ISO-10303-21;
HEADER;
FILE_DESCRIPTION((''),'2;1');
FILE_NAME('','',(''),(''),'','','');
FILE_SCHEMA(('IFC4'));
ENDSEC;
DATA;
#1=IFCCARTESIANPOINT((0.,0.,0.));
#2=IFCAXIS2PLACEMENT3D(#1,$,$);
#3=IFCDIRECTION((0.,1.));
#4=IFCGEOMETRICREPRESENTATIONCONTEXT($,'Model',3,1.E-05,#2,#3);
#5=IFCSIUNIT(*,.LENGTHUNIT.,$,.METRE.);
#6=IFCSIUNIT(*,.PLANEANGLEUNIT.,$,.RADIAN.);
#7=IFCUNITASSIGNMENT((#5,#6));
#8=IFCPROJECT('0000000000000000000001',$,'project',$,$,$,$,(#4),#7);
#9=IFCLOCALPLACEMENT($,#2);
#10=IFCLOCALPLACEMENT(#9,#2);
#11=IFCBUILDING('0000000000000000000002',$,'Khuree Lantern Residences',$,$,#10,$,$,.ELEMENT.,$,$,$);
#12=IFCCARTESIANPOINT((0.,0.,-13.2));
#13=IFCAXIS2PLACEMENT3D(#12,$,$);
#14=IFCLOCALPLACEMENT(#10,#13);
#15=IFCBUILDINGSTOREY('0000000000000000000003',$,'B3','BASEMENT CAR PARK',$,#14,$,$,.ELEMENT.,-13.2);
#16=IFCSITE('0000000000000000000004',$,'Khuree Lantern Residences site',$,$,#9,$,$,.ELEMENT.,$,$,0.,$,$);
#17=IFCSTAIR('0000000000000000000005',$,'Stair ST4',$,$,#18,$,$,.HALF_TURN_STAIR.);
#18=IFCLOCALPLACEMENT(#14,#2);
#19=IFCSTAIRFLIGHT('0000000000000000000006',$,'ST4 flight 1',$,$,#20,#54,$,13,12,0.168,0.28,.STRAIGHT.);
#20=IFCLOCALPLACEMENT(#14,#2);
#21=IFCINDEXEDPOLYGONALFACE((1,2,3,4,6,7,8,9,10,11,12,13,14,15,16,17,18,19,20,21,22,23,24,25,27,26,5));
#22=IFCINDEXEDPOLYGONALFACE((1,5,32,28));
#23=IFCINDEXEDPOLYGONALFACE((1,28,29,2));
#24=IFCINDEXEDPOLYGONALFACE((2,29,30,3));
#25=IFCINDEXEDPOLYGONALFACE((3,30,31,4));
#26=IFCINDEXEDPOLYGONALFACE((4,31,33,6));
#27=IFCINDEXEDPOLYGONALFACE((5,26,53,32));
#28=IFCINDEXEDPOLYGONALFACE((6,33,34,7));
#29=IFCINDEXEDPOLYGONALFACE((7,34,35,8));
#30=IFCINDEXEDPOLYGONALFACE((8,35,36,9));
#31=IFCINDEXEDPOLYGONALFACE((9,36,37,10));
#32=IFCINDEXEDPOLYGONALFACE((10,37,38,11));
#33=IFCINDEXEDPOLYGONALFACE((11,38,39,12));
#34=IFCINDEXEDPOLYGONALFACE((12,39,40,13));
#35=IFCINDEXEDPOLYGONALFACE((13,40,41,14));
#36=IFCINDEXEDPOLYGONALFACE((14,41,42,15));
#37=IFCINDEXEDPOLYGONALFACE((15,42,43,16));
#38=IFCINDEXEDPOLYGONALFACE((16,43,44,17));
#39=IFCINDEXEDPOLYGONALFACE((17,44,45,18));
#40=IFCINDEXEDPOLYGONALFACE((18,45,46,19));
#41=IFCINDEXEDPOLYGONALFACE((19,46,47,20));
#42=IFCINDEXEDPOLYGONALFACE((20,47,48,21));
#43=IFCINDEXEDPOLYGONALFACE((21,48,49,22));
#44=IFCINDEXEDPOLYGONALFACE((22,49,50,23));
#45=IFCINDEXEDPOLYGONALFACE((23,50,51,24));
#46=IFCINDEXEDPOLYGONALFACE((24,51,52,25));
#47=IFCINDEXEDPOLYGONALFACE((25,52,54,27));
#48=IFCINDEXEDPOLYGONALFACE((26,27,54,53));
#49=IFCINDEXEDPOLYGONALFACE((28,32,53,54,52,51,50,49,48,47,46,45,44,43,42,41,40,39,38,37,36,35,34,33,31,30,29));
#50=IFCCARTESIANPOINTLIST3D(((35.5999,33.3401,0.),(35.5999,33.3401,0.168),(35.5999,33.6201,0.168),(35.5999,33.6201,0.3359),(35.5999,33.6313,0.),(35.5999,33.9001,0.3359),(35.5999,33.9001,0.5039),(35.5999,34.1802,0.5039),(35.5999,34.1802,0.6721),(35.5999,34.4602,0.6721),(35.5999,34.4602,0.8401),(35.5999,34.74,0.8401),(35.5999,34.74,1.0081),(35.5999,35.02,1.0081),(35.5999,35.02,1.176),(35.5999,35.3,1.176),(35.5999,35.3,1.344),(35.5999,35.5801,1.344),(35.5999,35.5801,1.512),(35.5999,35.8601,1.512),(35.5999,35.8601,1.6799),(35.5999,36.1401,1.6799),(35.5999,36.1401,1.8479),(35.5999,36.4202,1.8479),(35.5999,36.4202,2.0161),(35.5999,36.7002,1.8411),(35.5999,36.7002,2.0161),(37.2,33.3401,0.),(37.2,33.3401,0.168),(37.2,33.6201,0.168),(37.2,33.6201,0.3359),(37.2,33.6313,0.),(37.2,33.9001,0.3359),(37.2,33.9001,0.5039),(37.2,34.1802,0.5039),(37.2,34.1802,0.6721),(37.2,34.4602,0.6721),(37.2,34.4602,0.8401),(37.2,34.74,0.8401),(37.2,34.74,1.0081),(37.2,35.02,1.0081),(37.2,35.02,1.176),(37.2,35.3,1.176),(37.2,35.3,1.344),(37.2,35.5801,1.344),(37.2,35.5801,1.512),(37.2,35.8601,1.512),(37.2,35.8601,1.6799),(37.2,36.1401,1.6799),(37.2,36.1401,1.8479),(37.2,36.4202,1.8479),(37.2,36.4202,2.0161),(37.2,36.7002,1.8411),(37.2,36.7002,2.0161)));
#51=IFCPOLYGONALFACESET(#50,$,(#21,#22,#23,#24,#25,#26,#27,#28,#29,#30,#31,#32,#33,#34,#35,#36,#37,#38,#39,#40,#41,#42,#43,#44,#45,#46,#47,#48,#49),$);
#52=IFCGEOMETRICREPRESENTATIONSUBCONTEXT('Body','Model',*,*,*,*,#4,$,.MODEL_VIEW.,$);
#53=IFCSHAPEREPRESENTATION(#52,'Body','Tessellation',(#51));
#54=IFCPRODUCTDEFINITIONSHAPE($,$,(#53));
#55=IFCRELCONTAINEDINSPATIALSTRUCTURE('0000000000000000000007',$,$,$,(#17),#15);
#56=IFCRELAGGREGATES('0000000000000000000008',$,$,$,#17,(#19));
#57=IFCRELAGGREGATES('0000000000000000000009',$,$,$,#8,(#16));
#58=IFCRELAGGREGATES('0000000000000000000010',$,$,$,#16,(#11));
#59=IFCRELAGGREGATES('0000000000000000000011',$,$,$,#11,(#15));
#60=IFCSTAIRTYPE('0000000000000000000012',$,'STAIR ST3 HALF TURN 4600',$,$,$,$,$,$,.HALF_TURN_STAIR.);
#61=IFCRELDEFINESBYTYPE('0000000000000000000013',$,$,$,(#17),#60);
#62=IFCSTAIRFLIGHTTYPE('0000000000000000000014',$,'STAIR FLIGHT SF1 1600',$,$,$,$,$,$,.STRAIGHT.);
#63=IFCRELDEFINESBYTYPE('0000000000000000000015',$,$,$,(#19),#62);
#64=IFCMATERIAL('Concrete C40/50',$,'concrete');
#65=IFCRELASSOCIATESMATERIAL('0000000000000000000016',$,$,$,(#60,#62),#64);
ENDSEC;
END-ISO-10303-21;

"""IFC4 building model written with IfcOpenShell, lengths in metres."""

from ifc_helpers import new_model, si_unit, direction, frame, origin, place, context, subcontext, project, spatial, polyline, outline, extrude, material, type_object, element, aggregate, save


model = new_model("IFC4")

# Units and contexts
model_context = context("Model", 3, precision=1e-05, world=origin(), true_north=direction((0.0, 1.0)))
body_context = subcontext(model_context, "Body", "Model", "MODEL_VIEW")
ifc_project = project(units=[si_unit("LENGTHUNIT", "METRE"), si_unit("PLANEANGLEUNIT", "RADIAN")], contexts=[model_context])

# Site, building, storey
site_placement = place(None, origin())
site = spatial("IfcSite", under=ifc_project, at=site_placement, Name="Khuree Lantern Residences site", CompositionType="ELEMENT", RefElevation=0.0)
building_placement = place(site_placement, origin())
building = spatial("IfcBuilding", under=site, at=building_placement, Name="Khuree Lantern Residences", CompositionType="ELEMENT")
storey_placement = place(building_placement, frame((0.0, 0.0, -13.2)))
storey = spatial("IfcBuildingStorey", under=building, at=storey_placement, Name="B3", Description="BASEMENT CAR PARK", CompositionType="ELEMENT", Elevation=-13.2)

# Shared definitions
ifc_material_1 = material(Name="Concrete C40/50", Category="concrete")

# Stair, stair flight
stair_type = type_object("IfcStairType", Name="STAIR ST3 HALF TURN 4600", PredefinedType="HALF_TURN_STAIR", material=ifc_material_1)
stair_placement = place(storey_placement, origin())
stair = element("IfcStair", 1, at=stair_placement, inside=storey, type_object=stair_type, Name="Stair ST4", PredefinedType="HALF_TURN_STAIR")
stair_flight_type = type_object("IfcStairFlightType", Name="STAIR FLIGHT SF1 1600", PredefinedType="STRAIGHT", material=ifc_material_1)
stair_flight_placement = place(storey_placement, frame((36.3999, 33.3401, 0.0), z_axis=(0.0, 0.0, 1.0), x_axis=(0.0, 1.0, 0.0)))
stair_flight = element("IfcStairFlight", 2, at=stair_flight_placement, type_object=stair_flight_type, Name="ST4 flight 1", NumberOfRisers=13, NumberOfTreads=12, PredefinedType="STRAIGHT", RiserHeight=0.168, TreadLength=0.28, context=body_context, shape_type="SweptSolid", body=[
    extrude(outline(polyline([(0.0, 0.0), (0.0, 0.168), (0.28, 0.168), (0.28, 0.3359), (0.5601, 0.3359), (0.5601, 0.5039), (0.8401, 0.5039), (0.8401, 0.6721), (1.1201, 0.6721), (1.1201, 0.8401), (1.3999, 0.8401), (1.3999, 1.0081), (1.6799, 1.0081), (1.6799, 1.176), (1.96, 1.176), (1.96, 1.344), (2.24, 1.344), (2.24, 1.512), (2.52, 1.512), (2.52, 1.6799), (2.8, 1.6799), (2.8, 1.8479), (3.0801, 1.8479), (3.0801, 2.0161), (3.3601, 2.0161), (3.3601, 2.1841), (3.3601, 1.8411), (0.2913, 0.0), (0.0, 0.0)])), frame((0.0, 0.8, 0.0), z_axis=(0.0, -1.0, 0.0), x_axis=(1.0, 0.0, 0.0)), (0.0, 0.0, 1.0), 1.6001),
])
aggregate(stair, [stair_flight])

save(model, "model.ifc")
